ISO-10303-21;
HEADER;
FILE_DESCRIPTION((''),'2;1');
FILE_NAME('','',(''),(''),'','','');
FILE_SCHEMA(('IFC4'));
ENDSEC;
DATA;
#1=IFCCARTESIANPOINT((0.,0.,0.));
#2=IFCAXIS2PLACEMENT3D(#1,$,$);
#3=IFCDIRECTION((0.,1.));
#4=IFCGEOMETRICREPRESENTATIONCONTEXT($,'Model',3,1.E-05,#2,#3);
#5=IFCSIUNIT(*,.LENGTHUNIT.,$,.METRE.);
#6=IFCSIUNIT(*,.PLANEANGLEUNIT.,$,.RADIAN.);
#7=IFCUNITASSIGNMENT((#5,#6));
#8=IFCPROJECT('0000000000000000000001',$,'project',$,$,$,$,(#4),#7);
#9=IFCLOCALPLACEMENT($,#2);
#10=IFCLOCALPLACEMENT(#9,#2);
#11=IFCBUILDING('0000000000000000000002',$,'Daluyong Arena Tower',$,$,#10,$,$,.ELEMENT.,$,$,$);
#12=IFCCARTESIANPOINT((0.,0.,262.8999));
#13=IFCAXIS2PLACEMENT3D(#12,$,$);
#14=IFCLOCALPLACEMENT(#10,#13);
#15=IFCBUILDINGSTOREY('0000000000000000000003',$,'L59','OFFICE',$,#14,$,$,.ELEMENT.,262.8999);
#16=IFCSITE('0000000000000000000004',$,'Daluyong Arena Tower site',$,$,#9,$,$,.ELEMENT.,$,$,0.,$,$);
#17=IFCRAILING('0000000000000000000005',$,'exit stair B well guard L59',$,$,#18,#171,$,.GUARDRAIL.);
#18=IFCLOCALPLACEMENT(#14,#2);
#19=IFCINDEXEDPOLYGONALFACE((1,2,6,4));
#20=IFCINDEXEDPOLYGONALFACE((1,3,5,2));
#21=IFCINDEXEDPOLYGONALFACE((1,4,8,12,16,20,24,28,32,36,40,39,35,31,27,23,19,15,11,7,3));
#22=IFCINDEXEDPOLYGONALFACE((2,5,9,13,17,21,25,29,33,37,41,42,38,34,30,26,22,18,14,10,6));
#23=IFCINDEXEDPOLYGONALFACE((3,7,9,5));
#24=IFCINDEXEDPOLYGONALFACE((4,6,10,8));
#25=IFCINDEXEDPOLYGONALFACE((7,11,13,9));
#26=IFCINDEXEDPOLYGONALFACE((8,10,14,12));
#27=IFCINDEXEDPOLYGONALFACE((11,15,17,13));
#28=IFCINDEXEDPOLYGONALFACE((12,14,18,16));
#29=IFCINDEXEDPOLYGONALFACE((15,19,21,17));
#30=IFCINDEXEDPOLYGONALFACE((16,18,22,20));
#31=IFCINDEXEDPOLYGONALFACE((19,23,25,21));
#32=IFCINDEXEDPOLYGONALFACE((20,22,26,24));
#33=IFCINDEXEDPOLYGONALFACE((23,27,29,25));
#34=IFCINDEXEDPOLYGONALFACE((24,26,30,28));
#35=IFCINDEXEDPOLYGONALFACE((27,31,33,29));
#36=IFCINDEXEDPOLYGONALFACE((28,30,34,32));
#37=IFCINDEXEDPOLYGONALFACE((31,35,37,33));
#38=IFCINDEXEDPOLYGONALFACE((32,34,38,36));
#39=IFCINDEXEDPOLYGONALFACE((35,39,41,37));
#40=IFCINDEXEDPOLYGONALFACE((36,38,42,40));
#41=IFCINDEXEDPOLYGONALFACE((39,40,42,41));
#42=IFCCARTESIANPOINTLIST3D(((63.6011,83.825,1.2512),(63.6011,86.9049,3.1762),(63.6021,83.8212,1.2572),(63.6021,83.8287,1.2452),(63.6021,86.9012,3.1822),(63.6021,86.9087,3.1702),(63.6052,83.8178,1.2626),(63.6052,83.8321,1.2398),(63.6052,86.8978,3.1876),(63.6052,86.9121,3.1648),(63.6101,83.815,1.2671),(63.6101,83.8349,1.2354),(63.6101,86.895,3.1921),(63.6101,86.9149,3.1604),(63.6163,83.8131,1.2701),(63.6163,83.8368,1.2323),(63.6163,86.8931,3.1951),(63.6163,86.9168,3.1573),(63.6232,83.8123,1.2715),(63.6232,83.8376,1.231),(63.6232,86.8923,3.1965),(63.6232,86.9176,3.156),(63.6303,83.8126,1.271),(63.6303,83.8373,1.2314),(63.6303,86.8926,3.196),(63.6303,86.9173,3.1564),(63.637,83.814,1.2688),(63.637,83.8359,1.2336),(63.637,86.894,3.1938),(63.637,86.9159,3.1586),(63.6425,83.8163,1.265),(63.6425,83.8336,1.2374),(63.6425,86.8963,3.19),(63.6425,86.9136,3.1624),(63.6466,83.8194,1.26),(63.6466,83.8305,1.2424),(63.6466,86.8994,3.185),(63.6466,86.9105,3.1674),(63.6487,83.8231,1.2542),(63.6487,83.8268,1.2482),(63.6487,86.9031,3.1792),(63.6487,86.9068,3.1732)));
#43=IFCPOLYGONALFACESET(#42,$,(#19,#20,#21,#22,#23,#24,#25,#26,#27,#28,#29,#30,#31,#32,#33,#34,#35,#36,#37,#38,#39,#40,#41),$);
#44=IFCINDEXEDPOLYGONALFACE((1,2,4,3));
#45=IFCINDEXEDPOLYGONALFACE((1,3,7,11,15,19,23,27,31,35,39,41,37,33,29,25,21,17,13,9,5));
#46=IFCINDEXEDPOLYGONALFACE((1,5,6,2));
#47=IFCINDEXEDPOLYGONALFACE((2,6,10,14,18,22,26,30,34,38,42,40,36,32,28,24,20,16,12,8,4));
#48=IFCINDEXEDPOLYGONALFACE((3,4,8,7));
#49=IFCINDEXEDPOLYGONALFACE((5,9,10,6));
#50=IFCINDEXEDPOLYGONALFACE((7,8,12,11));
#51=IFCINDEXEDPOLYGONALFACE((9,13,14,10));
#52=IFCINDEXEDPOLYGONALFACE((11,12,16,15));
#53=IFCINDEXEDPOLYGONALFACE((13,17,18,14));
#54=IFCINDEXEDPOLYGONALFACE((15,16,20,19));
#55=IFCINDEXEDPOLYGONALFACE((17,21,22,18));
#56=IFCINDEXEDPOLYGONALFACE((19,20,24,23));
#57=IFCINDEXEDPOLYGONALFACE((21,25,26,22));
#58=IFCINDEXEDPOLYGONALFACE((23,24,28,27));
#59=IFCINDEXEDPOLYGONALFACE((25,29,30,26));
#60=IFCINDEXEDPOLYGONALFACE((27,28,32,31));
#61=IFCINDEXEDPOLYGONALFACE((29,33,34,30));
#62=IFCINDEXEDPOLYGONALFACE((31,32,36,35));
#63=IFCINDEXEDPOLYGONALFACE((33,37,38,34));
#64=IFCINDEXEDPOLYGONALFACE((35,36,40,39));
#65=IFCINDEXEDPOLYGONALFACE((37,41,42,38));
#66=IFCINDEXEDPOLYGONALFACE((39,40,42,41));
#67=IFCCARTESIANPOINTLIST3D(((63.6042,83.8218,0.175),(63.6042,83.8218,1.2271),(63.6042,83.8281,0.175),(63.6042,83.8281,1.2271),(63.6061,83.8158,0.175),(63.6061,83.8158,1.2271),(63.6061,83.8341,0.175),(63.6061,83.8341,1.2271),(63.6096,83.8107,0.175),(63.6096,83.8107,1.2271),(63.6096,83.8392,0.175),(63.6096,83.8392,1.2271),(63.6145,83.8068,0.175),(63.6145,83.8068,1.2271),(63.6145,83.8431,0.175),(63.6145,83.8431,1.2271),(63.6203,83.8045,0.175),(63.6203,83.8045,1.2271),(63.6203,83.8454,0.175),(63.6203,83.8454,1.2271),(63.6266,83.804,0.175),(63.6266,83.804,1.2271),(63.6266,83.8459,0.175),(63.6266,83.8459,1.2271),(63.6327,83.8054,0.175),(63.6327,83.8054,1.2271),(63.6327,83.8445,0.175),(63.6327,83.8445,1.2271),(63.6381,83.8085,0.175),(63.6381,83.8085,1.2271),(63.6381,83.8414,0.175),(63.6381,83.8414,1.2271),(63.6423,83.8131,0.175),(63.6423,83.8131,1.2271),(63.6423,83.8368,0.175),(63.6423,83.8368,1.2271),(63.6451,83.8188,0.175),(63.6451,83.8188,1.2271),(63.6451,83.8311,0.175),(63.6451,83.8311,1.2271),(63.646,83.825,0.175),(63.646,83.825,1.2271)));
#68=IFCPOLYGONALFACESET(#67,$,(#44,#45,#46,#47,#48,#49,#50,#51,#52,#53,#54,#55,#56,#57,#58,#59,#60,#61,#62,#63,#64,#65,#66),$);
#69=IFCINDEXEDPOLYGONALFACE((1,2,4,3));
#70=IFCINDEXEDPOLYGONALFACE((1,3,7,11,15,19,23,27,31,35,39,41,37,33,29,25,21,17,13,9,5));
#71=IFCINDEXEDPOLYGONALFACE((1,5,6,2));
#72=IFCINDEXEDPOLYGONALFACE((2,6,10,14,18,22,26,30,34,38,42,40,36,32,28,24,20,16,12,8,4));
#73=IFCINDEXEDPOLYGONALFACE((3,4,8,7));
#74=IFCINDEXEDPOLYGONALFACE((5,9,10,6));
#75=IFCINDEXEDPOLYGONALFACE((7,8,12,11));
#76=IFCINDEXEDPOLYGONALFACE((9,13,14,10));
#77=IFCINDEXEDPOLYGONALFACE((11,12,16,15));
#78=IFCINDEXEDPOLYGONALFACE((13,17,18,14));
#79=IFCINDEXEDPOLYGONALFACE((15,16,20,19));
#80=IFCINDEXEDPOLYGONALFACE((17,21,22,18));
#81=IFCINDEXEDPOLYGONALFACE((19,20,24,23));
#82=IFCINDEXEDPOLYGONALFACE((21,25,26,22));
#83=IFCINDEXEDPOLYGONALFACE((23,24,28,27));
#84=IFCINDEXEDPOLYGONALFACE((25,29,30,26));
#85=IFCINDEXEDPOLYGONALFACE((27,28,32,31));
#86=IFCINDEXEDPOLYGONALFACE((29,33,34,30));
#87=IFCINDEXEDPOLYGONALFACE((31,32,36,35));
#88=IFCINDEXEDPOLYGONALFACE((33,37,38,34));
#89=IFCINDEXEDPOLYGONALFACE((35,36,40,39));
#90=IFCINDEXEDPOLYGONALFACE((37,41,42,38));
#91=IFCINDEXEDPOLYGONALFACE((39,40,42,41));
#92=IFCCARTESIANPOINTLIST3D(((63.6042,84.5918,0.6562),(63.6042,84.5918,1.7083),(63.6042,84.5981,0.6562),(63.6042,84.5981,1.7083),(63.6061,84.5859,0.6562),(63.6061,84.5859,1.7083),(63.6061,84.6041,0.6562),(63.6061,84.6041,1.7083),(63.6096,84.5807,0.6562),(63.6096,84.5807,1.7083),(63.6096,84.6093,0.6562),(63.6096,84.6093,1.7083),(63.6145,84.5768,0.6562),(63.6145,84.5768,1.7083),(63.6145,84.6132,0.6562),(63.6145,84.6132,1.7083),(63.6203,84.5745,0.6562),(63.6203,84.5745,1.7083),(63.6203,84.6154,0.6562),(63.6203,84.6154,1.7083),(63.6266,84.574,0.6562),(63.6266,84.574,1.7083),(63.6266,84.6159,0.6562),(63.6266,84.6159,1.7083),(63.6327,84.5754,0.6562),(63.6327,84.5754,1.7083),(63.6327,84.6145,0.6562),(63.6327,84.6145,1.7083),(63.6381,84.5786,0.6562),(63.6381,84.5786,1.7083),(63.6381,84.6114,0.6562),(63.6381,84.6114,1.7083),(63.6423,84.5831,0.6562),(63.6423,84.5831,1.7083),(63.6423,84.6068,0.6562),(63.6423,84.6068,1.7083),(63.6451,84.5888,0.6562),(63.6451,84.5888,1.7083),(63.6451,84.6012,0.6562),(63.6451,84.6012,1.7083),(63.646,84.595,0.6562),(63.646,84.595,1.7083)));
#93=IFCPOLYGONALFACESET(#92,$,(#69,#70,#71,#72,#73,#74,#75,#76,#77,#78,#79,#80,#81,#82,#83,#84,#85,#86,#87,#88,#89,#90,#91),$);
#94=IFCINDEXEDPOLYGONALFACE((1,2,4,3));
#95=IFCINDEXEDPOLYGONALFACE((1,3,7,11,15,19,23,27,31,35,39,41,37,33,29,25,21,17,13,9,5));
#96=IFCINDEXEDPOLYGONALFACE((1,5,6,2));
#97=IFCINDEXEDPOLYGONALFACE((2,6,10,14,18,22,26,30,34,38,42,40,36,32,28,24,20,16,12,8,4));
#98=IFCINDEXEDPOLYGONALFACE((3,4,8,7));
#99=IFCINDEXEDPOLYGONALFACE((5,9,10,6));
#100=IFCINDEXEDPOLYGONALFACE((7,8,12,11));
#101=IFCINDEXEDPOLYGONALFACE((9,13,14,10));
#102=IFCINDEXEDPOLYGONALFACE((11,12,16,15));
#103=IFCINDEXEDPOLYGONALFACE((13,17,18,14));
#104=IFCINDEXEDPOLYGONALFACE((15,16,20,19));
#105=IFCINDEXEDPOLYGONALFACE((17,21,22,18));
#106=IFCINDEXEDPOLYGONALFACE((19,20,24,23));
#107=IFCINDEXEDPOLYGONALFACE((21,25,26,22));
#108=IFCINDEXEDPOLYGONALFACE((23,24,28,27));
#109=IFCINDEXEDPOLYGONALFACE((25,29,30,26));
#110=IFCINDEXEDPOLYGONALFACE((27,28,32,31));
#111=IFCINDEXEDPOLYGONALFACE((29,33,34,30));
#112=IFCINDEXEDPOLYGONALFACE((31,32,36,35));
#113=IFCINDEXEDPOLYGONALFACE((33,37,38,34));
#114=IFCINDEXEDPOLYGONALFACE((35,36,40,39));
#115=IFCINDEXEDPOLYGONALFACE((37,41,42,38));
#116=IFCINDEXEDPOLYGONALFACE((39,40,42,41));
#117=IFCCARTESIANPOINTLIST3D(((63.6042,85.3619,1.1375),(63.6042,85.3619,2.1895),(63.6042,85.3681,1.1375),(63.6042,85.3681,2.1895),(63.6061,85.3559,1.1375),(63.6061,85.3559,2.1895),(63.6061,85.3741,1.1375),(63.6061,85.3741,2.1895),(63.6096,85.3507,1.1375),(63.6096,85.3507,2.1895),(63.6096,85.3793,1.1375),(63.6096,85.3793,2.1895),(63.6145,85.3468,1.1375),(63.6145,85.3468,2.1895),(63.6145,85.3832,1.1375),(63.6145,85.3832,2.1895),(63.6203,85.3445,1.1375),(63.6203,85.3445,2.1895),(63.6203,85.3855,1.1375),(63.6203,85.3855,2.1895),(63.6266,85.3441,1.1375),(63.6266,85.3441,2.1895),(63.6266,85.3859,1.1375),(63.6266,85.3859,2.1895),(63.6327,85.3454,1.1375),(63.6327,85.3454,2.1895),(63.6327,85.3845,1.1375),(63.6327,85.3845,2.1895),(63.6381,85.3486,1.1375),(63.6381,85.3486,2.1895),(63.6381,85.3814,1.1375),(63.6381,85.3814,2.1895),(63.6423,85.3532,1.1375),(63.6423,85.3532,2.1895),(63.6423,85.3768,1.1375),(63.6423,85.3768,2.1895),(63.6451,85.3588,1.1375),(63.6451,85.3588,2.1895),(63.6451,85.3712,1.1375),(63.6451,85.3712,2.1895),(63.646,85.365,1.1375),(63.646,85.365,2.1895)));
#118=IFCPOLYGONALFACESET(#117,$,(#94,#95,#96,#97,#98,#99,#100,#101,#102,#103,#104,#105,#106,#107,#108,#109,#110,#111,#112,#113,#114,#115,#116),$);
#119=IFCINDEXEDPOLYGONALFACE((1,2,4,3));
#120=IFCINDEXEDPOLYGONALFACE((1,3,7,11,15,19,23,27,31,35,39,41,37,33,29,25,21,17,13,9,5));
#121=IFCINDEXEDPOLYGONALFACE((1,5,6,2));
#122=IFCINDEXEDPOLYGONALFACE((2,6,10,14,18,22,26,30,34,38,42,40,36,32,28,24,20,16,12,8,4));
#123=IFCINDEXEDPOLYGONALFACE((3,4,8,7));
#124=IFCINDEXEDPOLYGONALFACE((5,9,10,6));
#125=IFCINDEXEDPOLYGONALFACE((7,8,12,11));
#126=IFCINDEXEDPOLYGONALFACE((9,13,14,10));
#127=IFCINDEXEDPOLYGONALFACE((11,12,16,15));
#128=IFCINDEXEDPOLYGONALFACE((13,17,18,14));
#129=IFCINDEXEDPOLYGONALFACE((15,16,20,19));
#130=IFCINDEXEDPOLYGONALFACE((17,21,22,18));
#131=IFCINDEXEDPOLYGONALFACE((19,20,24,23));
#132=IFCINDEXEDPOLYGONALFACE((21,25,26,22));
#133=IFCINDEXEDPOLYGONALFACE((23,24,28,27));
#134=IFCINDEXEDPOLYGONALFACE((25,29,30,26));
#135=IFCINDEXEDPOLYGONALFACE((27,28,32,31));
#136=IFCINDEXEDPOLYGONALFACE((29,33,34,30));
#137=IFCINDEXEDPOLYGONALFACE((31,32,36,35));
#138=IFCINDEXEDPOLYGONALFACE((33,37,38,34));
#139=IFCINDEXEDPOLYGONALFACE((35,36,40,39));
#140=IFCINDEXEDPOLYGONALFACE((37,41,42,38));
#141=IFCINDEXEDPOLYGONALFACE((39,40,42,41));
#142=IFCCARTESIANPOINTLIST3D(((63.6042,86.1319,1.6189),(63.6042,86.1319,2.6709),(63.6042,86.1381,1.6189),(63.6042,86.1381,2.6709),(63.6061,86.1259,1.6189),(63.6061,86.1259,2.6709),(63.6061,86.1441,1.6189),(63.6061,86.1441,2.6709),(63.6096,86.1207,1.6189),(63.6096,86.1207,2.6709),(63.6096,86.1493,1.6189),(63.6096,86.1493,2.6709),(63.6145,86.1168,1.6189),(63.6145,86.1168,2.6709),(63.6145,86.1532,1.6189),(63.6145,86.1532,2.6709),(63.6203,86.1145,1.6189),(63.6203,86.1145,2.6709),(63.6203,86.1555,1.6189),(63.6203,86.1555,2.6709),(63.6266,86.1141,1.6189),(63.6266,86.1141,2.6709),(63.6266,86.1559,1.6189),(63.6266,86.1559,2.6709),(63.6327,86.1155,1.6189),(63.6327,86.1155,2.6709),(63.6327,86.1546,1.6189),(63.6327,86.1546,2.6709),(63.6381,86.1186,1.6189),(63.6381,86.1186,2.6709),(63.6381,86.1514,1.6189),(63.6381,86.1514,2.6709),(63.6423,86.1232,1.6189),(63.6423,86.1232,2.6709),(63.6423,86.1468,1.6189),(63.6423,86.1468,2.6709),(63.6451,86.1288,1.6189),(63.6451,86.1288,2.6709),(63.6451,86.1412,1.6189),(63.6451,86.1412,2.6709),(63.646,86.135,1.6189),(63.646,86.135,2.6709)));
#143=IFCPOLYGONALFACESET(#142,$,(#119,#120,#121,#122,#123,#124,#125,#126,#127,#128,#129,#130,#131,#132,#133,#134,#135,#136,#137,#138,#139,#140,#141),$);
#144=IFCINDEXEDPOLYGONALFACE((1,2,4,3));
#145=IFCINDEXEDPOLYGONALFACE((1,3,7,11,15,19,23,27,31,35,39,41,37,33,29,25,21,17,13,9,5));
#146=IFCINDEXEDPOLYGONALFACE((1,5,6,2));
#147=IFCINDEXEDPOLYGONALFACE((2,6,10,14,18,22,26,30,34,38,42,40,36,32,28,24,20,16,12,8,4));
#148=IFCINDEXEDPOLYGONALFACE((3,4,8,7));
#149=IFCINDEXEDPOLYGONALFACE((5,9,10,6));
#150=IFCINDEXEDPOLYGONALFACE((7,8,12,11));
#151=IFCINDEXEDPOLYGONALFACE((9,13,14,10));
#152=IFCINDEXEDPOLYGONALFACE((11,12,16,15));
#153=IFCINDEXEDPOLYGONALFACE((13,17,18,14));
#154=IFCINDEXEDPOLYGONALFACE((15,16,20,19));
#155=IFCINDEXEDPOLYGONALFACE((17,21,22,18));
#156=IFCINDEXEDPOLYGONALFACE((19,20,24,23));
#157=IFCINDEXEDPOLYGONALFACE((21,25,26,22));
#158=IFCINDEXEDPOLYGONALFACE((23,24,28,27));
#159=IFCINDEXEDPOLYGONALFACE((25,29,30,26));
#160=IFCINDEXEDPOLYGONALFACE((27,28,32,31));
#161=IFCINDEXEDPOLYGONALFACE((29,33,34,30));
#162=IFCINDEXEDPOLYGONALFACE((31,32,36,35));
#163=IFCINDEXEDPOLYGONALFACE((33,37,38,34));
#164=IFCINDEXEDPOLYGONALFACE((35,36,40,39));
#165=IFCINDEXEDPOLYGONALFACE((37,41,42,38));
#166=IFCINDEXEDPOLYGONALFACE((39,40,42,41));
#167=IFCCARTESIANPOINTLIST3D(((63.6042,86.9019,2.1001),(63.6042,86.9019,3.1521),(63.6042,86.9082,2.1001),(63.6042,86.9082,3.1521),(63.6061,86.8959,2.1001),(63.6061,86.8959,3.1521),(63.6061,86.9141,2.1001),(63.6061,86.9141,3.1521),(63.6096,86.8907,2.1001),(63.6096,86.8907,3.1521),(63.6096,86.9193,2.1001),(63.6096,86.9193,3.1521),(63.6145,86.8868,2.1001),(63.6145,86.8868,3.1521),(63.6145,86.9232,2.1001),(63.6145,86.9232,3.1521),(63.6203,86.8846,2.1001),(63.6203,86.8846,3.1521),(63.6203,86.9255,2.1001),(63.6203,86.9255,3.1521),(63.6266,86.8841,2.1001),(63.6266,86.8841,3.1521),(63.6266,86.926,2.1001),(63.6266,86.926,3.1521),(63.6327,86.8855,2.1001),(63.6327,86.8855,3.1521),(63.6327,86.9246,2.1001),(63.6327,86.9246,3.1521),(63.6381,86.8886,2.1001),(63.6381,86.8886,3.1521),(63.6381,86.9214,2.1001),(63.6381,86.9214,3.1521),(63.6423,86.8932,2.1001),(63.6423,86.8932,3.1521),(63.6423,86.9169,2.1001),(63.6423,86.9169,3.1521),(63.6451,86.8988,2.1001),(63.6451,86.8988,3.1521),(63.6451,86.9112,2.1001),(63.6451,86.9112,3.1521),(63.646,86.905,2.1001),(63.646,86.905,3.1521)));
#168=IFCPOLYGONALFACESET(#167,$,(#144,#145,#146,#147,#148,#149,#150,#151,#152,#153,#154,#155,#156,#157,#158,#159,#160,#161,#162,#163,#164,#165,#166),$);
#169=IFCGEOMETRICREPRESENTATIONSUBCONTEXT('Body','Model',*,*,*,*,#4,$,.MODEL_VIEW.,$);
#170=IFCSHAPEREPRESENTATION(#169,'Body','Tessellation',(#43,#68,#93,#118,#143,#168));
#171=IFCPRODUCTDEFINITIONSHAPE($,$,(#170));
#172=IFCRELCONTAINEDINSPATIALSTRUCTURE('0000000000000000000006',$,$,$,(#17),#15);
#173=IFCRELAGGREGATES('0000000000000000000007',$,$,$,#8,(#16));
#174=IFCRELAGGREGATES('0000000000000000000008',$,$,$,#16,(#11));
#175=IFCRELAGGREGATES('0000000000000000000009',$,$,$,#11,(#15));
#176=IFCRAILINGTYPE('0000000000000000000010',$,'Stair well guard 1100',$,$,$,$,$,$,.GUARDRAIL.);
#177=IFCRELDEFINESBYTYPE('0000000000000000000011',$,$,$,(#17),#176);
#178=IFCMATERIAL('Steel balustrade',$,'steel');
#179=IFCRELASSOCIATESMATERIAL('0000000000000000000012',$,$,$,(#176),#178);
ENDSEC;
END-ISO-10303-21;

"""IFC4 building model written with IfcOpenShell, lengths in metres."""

from ifc_helpers import new_model, si_unit, direction, frame, origin, origin_2d, place, context, subcontext, project, spatial, circle, extrude, material, type_object, element, save


model = new_model("IFC4")

# Units and contexts
model_context = context("Model", 3, precision=1e-05, world=origin(), true_north=direction((0.0, 1.0)))
body_context = subcontext(model_context, "Body", "Model", "MODEL_VIEW")
ifc_project = project(units=[si_unit("LENGTHUNIT", "METRE"), si_unit("PLANEANGLEUNIT", "RADIAN")], contexts=[model_context])

# Site, building, storey
site_placement = place(None, origin())
site = spatial("IfcSite", under=ifc_project, at=site_placement, Name="Daluyong Arena Tower site", CompositionType="ELEMENT", RefElevation=0.0)
building_placement = place(site_placement, origin())
building = spatial("IfcBuilding", under=site, at=building_placement, Name="Daluyong Arena Tower", CompositionType="ELEMENT")
storey_placement = place(building_placement, frame((0.0, 0.0, 262.8999)))
storey = spatial("IfcBuildingStorey", under=building, at=storey_placement, Name="L59", Description="OFFICE", CompositionType="ELEMENT", Elevation=262.8999)

# Railing
ifc_material_1 = material(Name="Steel balustrade", Category="steel")
railing_type_1 = type_object("IfcRailingType", Name="Stair well guard 1100", PredefinedType="GUARDRAIL", material=ifc_material_1)
railing_1_placement = place(storey_placement, frame((63.625, 83.825, 0.175)))
element("IfcRailing", 1, at=railing_1_placement, inside=storey, type_object=railing_type_1, Name="exit stair B well guard L59", PredefinedType="GUARDRAIL", context=body_context, shape_type="SweptSolid", body=[
    extrude(circle(Radius=0.0239, at=origin_2d()), frame((0.0, 0.0, 1.0762), z_axis=(0.0, 0.847998, 0.529999), x_axis=(-1.0, 0.0, 0.0)), (0.0, 0.0, 1.0), 3.6321),
    extrude(circle(Radius=0.021, at=origin_2d()), origin(), (0.0, 0.0, 1.0), 1.052),
    extrude(circle(Radius=0.021, at=origin_2d()), frame((0.0, 0.77, 0.4812)), (0.0, 0.0, 1.0), 1.052),
    extrude(circle(Radius=0.021, at=origin_2d()), frame((0.0, 1.54, 0.9624)), (0.0, 0.0, 1.0), 1.052),
    extrude(circle(Radius=0.021, at=origin_2d()), frame((0.0, 2.3101, 1.4438)), (0.0, 0.0, 1.0), 1.052),
    extrude(circle(Radius=0.021, at=origin_2d()), frame((0.0, 3.0801, 1.925)), (0.0, 0.0, 1.0), 1.052),
])

save(model, "model.ifc")
